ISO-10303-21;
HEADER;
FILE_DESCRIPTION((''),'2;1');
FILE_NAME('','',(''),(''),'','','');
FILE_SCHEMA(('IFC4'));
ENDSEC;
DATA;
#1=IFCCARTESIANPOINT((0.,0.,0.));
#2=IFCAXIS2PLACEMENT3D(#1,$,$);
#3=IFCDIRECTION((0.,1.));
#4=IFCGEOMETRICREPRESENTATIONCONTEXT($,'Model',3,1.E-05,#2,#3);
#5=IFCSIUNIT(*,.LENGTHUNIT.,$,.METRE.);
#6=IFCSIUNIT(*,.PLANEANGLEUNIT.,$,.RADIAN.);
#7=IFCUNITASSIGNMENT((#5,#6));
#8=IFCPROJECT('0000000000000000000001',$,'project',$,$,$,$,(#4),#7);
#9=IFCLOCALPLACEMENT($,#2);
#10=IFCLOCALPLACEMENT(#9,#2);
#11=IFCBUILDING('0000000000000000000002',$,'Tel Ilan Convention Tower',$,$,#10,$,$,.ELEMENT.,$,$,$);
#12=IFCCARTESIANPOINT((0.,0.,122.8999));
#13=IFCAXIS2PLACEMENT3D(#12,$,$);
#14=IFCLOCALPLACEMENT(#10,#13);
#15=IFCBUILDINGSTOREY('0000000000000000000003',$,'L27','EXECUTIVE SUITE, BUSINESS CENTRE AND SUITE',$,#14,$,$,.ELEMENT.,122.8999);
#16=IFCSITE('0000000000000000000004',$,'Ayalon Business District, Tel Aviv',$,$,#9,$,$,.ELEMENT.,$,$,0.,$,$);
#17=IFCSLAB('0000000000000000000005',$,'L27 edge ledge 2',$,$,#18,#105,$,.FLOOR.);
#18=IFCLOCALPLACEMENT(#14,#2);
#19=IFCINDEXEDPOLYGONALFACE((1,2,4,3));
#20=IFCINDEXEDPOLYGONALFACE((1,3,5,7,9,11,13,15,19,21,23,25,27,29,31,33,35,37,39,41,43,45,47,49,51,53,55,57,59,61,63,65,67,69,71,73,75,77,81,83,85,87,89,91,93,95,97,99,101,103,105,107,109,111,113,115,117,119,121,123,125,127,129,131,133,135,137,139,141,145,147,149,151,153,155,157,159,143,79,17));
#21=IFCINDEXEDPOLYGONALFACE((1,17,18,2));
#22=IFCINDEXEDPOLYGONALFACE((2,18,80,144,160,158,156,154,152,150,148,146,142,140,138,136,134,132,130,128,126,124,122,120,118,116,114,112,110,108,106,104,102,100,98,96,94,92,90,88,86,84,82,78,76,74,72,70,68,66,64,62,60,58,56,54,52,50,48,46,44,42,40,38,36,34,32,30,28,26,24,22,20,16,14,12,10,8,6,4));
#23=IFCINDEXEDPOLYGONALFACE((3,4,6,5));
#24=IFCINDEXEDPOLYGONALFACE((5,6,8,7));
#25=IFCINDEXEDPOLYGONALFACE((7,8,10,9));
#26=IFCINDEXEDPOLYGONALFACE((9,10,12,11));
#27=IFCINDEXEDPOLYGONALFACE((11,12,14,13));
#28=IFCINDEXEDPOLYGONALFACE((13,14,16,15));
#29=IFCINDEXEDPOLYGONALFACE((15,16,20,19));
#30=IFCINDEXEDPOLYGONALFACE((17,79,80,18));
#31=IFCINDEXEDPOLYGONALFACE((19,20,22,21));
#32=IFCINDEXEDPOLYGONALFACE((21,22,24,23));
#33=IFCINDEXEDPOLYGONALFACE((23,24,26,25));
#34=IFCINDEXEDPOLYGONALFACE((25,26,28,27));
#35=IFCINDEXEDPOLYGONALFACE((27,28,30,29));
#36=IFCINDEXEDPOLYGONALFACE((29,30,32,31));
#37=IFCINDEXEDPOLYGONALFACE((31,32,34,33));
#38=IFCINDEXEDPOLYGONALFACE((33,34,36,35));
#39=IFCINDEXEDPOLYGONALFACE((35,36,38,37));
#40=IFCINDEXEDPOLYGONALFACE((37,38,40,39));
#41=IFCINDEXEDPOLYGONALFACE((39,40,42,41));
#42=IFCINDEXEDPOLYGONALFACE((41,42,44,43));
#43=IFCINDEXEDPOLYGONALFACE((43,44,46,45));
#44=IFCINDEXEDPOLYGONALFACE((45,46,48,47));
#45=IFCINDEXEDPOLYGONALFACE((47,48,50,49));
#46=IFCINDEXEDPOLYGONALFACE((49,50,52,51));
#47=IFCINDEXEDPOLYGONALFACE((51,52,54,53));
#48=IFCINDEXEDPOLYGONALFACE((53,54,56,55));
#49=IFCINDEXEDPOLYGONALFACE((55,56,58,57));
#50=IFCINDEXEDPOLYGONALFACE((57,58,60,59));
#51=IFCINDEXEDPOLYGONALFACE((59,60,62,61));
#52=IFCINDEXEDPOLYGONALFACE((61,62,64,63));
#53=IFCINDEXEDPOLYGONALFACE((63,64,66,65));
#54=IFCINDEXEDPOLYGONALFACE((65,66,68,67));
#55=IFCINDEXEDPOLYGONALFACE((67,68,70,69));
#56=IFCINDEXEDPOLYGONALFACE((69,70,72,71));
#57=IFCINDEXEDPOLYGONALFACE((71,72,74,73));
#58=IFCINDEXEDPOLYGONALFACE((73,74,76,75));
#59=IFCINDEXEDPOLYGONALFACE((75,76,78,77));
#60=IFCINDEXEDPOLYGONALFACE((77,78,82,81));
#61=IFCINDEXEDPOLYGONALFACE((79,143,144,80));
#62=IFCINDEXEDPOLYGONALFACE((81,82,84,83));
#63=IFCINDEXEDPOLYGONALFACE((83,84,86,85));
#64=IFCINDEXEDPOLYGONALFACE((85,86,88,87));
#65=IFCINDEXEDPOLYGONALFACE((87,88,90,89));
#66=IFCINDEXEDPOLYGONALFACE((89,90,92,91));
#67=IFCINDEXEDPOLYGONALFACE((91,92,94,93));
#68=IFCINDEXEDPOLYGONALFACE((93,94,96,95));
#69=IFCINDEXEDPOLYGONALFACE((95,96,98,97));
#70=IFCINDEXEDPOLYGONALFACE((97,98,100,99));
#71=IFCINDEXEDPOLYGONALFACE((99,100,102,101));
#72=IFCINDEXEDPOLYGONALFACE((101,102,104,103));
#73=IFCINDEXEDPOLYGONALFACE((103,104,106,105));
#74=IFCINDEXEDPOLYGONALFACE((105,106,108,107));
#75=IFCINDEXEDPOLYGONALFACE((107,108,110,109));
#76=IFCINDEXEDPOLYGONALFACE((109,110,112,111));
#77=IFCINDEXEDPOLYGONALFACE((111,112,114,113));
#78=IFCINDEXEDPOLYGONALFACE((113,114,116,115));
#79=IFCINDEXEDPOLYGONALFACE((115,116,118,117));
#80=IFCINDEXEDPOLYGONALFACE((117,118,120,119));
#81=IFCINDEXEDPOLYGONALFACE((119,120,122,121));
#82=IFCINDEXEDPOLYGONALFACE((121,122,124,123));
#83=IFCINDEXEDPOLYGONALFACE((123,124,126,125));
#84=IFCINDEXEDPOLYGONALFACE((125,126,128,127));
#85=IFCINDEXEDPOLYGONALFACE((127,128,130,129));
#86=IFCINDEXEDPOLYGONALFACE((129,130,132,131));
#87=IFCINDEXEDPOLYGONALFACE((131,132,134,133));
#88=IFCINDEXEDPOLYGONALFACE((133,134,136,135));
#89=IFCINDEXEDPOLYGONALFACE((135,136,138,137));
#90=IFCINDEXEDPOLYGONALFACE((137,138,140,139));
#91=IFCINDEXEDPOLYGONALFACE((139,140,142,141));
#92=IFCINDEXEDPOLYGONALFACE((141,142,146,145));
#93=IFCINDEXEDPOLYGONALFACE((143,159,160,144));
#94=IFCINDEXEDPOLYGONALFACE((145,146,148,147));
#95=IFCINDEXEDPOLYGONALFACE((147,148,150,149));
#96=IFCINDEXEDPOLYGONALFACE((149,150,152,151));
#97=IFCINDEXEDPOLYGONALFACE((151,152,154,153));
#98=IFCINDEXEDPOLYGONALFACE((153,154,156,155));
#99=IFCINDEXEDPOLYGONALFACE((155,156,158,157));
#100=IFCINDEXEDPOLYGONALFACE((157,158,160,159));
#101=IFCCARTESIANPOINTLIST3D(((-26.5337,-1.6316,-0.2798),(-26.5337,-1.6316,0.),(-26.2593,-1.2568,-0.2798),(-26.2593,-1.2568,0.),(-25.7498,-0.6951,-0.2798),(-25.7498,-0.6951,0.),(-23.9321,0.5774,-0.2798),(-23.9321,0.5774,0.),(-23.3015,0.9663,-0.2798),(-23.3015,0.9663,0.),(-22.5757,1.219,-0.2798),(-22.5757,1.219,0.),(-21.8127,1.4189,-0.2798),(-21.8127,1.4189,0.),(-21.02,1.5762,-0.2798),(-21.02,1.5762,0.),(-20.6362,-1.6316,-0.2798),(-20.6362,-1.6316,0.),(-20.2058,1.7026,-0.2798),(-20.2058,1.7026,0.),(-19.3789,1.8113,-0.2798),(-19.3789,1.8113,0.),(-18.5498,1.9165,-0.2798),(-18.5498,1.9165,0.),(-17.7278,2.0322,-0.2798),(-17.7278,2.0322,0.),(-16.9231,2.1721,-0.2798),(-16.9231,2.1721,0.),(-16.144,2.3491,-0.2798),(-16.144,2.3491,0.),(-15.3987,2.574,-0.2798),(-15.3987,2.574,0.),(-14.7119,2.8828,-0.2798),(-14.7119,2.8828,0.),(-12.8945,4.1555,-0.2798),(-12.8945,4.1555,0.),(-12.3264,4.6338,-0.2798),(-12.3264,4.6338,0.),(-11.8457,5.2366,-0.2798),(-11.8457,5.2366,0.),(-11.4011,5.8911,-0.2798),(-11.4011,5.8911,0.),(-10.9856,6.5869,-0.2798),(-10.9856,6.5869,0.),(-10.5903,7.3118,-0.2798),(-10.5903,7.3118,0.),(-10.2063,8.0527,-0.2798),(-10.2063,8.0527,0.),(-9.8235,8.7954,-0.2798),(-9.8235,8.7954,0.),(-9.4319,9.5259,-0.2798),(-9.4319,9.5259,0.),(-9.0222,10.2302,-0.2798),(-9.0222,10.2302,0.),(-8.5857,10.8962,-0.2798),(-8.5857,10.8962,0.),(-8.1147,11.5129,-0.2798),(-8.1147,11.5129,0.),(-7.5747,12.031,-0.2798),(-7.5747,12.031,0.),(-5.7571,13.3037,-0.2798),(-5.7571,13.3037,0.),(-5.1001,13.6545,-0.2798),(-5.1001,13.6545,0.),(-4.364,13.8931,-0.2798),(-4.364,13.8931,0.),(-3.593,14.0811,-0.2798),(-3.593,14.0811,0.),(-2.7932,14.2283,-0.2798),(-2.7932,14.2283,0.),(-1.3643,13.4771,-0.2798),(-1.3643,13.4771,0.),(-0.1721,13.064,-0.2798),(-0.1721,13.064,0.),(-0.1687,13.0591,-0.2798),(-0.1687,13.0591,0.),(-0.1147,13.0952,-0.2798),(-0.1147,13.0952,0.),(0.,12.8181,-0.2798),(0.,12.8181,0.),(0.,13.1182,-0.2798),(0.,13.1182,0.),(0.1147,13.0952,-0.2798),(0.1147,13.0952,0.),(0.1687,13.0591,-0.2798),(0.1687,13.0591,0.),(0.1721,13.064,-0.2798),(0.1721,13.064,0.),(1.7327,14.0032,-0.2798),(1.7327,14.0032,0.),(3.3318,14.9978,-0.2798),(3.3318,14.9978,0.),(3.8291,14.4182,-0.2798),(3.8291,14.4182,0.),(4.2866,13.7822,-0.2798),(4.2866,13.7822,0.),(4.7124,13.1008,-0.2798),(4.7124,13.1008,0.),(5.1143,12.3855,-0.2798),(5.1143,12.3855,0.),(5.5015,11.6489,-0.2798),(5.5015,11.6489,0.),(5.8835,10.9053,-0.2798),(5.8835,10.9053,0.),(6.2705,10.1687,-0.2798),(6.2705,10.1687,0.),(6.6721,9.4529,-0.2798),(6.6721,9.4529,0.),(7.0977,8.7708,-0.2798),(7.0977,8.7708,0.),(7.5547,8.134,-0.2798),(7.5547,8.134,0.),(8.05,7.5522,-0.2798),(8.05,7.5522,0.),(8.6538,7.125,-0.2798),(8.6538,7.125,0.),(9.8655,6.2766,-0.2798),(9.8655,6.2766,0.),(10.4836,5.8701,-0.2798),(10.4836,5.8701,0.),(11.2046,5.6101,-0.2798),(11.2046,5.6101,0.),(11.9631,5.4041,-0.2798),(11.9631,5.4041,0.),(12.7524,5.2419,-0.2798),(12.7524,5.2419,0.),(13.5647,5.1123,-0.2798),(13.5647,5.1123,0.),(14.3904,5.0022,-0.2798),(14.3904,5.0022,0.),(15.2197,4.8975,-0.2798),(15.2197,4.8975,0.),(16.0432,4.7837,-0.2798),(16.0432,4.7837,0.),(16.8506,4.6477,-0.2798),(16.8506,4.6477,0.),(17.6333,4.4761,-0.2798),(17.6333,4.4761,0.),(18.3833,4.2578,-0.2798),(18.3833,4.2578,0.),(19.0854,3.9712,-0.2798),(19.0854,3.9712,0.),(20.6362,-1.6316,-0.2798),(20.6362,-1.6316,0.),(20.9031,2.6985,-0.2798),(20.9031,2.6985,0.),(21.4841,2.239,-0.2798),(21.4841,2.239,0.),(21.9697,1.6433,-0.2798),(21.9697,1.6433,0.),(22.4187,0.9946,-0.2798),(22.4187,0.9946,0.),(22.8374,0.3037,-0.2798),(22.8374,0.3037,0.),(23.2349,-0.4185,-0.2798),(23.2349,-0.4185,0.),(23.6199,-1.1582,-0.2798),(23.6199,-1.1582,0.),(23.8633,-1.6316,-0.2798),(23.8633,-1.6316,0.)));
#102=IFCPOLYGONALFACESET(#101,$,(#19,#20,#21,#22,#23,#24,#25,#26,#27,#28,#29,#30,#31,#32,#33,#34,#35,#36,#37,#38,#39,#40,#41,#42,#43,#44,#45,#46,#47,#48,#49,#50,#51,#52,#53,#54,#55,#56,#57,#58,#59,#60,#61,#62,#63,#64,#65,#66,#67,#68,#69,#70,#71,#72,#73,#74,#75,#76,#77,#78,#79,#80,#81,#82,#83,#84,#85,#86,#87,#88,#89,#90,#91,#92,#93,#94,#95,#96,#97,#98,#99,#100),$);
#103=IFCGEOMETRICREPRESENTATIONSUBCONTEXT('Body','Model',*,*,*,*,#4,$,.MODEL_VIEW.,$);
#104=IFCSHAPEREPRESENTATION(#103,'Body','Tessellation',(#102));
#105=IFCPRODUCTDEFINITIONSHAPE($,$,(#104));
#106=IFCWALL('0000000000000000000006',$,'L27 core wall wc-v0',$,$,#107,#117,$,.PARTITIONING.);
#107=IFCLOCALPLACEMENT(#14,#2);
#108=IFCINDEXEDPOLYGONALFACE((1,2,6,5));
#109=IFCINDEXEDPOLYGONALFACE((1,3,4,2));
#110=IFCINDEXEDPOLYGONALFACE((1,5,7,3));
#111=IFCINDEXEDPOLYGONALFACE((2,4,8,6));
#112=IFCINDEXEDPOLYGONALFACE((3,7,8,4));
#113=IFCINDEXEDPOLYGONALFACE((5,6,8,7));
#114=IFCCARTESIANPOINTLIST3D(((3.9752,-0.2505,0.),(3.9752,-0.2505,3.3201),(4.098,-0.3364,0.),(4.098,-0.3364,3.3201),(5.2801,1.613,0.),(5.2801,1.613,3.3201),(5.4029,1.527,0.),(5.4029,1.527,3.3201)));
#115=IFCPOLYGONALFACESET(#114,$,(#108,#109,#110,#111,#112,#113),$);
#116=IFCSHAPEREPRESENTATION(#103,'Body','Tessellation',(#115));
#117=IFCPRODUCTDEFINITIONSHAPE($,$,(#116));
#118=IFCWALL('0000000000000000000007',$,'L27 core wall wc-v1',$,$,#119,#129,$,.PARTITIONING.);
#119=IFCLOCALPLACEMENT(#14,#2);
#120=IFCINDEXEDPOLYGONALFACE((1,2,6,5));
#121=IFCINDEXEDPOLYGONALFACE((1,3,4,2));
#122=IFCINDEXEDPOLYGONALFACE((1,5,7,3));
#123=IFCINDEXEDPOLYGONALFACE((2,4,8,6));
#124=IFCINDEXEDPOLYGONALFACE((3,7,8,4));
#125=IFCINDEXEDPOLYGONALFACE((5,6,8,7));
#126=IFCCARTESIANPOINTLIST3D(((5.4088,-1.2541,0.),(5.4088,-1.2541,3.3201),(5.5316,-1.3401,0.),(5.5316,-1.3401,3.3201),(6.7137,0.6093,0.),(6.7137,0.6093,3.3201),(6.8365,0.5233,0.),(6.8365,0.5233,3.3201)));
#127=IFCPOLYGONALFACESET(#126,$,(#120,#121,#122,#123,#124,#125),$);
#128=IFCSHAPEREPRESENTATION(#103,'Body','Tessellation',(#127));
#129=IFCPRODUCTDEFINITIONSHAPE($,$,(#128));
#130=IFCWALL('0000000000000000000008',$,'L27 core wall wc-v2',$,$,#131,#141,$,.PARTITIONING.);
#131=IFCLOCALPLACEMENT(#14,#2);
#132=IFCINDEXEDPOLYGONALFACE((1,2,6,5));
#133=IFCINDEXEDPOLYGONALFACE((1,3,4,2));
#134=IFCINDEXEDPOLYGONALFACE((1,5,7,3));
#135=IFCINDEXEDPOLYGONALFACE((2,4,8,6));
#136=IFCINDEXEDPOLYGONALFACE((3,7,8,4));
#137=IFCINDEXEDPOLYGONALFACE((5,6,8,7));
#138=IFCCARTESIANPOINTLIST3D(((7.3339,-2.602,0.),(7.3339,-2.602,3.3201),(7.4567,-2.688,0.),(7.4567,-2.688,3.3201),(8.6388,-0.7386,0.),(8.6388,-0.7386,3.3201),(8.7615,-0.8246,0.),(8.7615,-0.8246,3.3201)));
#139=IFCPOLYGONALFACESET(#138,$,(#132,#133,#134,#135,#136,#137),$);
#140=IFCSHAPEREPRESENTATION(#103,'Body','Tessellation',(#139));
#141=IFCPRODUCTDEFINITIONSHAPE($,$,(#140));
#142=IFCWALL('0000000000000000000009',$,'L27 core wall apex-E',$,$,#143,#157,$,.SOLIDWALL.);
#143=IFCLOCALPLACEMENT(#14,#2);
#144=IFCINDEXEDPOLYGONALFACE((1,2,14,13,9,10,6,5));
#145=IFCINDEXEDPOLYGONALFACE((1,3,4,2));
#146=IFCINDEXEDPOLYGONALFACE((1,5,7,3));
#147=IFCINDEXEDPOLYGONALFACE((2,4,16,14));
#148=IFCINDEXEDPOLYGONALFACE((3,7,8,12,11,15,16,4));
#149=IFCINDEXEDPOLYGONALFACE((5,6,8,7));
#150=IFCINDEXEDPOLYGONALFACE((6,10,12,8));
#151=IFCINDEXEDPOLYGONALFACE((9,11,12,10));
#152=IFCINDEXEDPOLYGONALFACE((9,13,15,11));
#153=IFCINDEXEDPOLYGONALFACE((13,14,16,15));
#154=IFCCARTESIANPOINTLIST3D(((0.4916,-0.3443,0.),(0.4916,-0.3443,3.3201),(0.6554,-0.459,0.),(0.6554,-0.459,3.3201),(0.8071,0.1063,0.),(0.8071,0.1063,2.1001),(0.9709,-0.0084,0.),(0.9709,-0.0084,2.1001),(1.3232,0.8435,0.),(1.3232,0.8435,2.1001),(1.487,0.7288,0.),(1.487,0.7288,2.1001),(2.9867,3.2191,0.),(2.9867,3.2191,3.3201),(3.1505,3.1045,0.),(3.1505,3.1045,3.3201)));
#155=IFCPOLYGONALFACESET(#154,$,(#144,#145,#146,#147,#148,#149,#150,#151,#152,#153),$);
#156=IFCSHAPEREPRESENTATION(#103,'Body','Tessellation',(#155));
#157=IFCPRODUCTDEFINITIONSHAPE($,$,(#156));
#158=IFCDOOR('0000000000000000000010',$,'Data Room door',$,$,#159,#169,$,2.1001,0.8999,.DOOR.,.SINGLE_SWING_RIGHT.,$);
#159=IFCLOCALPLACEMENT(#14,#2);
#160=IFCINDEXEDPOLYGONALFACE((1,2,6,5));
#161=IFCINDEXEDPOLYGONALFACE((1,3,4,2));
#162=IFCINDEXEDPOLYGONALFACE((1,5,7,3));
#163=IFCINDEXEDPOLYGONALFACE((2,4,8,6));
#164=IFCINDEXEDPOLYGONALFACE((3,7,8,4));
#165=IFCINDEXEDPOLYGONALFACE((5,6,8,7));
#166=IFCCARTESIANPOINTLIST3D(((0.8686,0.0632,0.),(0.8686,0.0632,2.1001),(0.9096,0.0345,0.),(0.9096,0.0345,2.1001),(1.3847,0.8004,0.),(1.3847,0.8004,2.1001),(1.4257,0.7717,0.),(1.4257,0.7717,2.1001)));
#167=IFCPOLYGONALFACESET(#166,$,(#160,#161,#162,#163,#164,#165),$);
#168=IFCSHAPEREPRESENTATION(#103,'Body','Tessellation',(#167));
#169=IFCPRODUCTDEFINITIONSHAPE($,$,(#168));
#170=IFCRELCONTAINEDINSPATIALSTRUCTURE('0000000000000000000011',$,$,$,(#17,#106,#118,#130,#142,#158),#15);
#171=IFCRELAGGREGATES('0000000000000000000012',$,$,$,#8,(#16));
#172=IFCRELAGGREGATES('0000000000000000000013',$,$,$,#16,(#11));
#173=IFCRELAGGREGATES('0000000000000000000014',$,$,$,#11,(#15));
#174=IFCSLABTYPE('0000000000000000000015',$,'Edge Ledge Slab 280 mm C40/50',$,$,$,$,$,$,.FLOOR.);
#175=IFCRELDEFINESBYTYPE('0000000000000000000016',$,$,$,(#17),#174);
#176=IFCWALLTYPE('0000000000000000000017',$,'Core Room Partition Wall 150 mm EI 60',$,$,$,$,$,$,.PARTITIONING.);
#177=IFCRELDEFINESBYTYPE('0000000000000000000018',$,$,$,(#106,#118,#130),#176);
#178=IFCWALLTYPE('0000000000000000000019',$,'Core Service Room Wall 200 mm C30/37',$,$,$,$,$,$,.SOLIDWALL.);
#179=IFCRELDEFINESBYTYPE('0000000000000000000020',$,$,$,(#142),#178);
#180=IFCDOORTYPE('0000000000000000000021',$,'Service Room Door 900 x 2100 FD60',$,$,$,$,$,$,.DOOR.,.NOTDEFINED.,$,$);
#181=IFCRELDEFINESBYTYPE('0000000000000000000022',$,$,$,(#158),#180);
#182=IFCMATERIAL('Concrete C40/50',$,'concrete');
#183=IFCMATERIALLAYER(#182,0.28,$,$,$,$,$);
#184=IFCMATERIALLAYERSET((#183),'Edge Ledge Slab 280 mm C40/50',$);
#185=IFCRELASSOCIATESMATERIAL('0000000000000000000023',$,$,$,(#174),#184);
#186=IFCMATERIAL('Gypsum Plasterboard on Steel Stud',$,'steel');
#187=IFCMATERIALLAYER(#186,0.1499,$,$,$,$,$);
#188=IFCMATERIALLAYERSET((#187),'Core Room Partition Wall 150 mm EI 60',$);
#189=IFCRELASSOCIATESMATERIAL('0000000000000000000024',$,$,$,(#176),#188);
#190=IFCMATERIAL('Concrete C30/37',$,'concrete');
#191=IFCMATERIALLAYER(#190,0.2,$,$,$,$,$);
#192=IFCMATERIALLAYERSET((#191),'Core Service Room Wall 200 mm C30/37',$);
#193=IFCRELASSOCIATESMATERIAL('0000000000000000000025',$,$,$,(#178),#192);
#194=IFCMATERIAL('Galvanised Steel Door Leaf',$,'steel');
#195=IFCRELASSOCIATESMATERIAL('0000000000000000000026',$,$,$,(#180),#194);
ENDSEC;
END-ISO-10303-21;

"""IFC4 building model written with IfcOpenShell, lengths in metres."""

from ifc_helpers import new_model, si_unit, direction, frame, frame_2d, origin, place, context, subcontext, project, spatial, polyline, rectangle, outline, extrude, material, layer, layer_set, type_object, element, fill, save


model = new_model("IFC4")

# Units and contexts
model_context = context("Model", 3, precision=1e-05, world=origin(), true_north=direction((0.0, 1.0)))
body_context = subcontext(model_context, "Body", "Model", "MODEL_VIEW")
ifc_project = project(units=[si_unit("LENGTHUNIT", "METRE"), si_unit("PLANEANGLEUNIT", "RADIAN")], contexts=[model_context])

# Site, building, storey
site_placement = place(None, origin())
site = spatial("IfcSite", under=ifc_project, at=site_placement, Name="Ayalon Business District, Tel Aviv", CompositionType="ELEMENT", RefElevation=0.0)
building_placement = place(site_placement, origin())
building = spatial("IfcBuilding", under=site, at=building_placement, Name="Tel Ilan Convention Tower", CompositionType="ELEMENT")
storey_placement = place(building_placement, frame((0.0, 0.0, 122.8999)))
storey = spatial("IfcBuildingStorey", under=building, at=storey_placement, Name="L27", Description="EXECUTIVE SUITE, BUSINESS CENTRE AND SUITE", CompositionType="ELEMENT", Elevation=122.8999)

# Slab
ifc_material_1 = material(Name="Concrete C40/50", Category="concrete")
ifc_layer_1 = layer(ifc_material_1, 0.28)
ifc_layer_set_1 = layer_set([ifc_layer_1], Name="Edge Ledge Slab 280 mm C40/50")
slab_type_1 = type_object("IfcSlabType", Name="Edge Ledge Slab 280 mm C40/50", PredefinedType="FLOOR", material=ifc_layer_set_1)
slab_1_placement = place(storey_placement, frame((0.0, 0.0, -0.2798)))
element("IfcSlab", 1, at=slab_1_placement, inside=storey, type_object=slab_type_1, Name="L27 edge ledge 2", PredefinedType="FLOOR", context=body_context, shape_type="SweptSolid", body=[
    extrude(outline(polyline([(-23.3015, 0.9663), (-22.5757, 1.219), (-21.8127, 1.4189), (-21.02, 1.5762), (-20.2058, 1.7026), (-19.3789, 1.8113), (-18.5498, 1.9165), (-17.7278, 2.0322), (-16.9231, 2.1721), (-16.144, 2.3491), (-15.3987, 2.574), (-14.7119, 2.8828), (-12.8945, 4.1555), (-12.3264, 4.6338), (-11.8457, 5.2366), (-11.4011, 5.8911), (-10.9856, 6.5869), (-10.5903, 7.3118), (-10.2063, 8.0527), (-9.8235, 8.7954), (-9.4319, 9.5259), (-9.0222, 10.2302), (-8.5857, 10.8962), (-8.1147, 11.5129), (-7.5747, 12.031), (-5.7571, 13.3037), (-5.1001, 13.6545), (-4.364, 13.8931), (-3.593, 14.0811), (-2.7932, 14.2283), (-1.3643, 13.4771), (-0.1721, 13.064), (-0.1687, 13.0591), (-0.1147, 13.0952), (0.0, 13.1182), (0.1147, 13.0952), (0.1687, 13.0591), (0.1721, 13.064), (1.7327, 14.0032), (3.3318, 14.9978), (3.8291, 14.4182), (4.2866, 13.7822), (4.7124, 13.1008), (5.1143, 12.3855), (5.5015, 11.6489), (5.8835, 10.9053), (6.2705, 10.1687), (6.6721, 9.4529), (7.0977, 8.7708), (7.5547, 8.134), (8.05, 7.5522), (8.6538, 7.125), (9.8655, 6.2766), (10.4836, 5.8701), (11.2046, 5.6101), (11.9631, 5.4041), (12.7524, 5.2419), (13.5647, 5.1123), (14.3904, 5.0022), (15.2197, 4.8975), (16.0432, 4.7837), (16.8506, 4.6477), (17.6333, 4.4761), (18.3833, 4.2578), (19.0854, 3.9712), (20.9031, 2.6985), (21.4841, 2.239), (21.9697, 1.6433), (22.4187, 0.9946), (22.8374, 0.3037), (23.2349, -0.4185), (23.6199, -1.1582), (23.8633, -1.6316), (20.6362, -1.6316), (0.0, 12.8181), (-20.6362, -1.6316), (-26.5337, -1.6316), (-26.2593, -1.2568), (-25.7498, -0.6951), (-23.9321, 0.5774), (-23.3015, 0.9663)])), origin(), (0.0, 0.0, 1.0), 0.2798),
])

# Walls
ifc_material_2 = material(Name="Gypsum Plasterboard on Steel Stud", Category="steel")
ifc_layer_2 = layer(ifc_material_2, 0.1499)
ifc_layer_set_2 = layer_set([ifc_layer_2], Name="Core Room Partition Wall 150 mm EI 60")
wall_type_1 = type_object("IfcWallType", Name="Core Room Partition Wall 150 mm EI 60", PredefinedType="PARTITIONING", material=ifc_layer_set_2)
for number, where, z_axis, x_axis, name in (
    (2, (4.0366, -0.2935, 0.0), (0.0, 0.0, 1.0), (0.573599, 0.819136, 0.0), "L27 core wall wc-v0"),
    (3, (5.4702, -1.2971, 0.0), (0.0, 0.0, 1.0), (0.573599, 0.819136, 0.0), "L27 core wall wc-v1"),
    (4, (7.3953, -2.645, 0.0), (0.0, 0.0, 1.0), (0.573599, 0.819136, 0.0), "L27 core wall wc-v2"),
):
    element("IfcWall", number, at=place(storey_placement, frame(where, z_axis=z_axis, x_axis=x_axis)), inside=storey, type_object=wall_type_1, Name=name, PredefinedType="PARTITIONING", context=body_context, shape_type="SweptSolid", body=[
        extrude(rectangle(XDim=2.2749, YDim=0.1499, at=frame_2d((1.1375, 0.0))), origin(), (0.0, 0.0, 1.0), 3.3201),
    ])

# Wall, opening, door
ifc_material_3 = material(Name="Concrete C30/37", Category="concrete")
ifc_layer_3 = layer(ifc_material_3, 0.2)
ifc_layer_set_3 = layer_set([ifc_layer_3], Name="Core Service Room Wall 200 mm C30/37")
wall_type_2 = type_object("IfcWallType", Name="Core Service Room Wall 200 mm C30/37", PredefinedType="SOLIDWALL", material=ifc_layer_set_3)
wall_1_placement = place(storey_placement, frame((0.5735, -0.4016, 0.0), z_axis=(0.0, 0.0, 1.0), x_axis=(0.573568, 0.819158, 0.0)))
wall_1 = element("IfcWall", 5, at=wall_1_placement, inside=storey, type_object=wall_type_2, Name="L27 core wall apex-E", PredefinedType="SOLIDWALL", context=body_context, shape_type="SweptSolid", body=[
    extrude(rectangle(XDim=4.3501, YDim=0.2, at=frame_2d((2.175, 0.0))), origin(), (0.0, 0.0, 1.0), 3.3201),
])
opening_1_placement = place(wall_1_placement, frame((0.55, 0.0, 0.0)))
opening_1 = element("IfcOpeningElement", 6, at=opening_1_placement, cuts=wall_1, PredefinedType="OPENING", context=body_context, shape_type="SweptSolid", body=[
    extrude(rectangle(XDim=0.8999, YDim=2.1001, at=frame_2d((0.45, 1.05))), frame((0.0, 0.1099, 0.0), z_axis=(0.0, -1.0, 0.0), x_axis=(1.0, 0.0, 0.0)), (0.0, 0.0, 1.0), 0.22),
])
ifc_material_4 = material(Name="Galvanised Steel Door Leaf", Category="steel")
door_type_1 = type_object("IfcDoorType", Name="Service Room Door 900 x 2100 FD60", OperationType="NOTDEFINED", PredefinedType="DOOR", material=ifc_material_4)
door_1_placement = place(opening_1_placement, origin())
door_1 = element("IfcDoor", 7, at=door_1_placement, inside=storey, type_object=door_type_1, Name="Data Room door", OperationType="SINGLE_SWING_RIGHT", OverallHeight=2.1001, OverallWidth=0.8999, PredefinedType="DOOR", context=body_context, shape_type="SweptSolid", body=[
    extrude(rectangle(XDim=0.8999, YDim=2.1001, at=frame_2d((0.45, 1.05))), frame((0.0, 0.0249, 0.0), z_axis=(0.0, -1.0, 0.0), x_axis=(1.0, 0.0, 0.0)), (0.0, 0.0, 1.0), 0.05),
])
fill(opening_1, door_1)

save(model, "model.ifc")
